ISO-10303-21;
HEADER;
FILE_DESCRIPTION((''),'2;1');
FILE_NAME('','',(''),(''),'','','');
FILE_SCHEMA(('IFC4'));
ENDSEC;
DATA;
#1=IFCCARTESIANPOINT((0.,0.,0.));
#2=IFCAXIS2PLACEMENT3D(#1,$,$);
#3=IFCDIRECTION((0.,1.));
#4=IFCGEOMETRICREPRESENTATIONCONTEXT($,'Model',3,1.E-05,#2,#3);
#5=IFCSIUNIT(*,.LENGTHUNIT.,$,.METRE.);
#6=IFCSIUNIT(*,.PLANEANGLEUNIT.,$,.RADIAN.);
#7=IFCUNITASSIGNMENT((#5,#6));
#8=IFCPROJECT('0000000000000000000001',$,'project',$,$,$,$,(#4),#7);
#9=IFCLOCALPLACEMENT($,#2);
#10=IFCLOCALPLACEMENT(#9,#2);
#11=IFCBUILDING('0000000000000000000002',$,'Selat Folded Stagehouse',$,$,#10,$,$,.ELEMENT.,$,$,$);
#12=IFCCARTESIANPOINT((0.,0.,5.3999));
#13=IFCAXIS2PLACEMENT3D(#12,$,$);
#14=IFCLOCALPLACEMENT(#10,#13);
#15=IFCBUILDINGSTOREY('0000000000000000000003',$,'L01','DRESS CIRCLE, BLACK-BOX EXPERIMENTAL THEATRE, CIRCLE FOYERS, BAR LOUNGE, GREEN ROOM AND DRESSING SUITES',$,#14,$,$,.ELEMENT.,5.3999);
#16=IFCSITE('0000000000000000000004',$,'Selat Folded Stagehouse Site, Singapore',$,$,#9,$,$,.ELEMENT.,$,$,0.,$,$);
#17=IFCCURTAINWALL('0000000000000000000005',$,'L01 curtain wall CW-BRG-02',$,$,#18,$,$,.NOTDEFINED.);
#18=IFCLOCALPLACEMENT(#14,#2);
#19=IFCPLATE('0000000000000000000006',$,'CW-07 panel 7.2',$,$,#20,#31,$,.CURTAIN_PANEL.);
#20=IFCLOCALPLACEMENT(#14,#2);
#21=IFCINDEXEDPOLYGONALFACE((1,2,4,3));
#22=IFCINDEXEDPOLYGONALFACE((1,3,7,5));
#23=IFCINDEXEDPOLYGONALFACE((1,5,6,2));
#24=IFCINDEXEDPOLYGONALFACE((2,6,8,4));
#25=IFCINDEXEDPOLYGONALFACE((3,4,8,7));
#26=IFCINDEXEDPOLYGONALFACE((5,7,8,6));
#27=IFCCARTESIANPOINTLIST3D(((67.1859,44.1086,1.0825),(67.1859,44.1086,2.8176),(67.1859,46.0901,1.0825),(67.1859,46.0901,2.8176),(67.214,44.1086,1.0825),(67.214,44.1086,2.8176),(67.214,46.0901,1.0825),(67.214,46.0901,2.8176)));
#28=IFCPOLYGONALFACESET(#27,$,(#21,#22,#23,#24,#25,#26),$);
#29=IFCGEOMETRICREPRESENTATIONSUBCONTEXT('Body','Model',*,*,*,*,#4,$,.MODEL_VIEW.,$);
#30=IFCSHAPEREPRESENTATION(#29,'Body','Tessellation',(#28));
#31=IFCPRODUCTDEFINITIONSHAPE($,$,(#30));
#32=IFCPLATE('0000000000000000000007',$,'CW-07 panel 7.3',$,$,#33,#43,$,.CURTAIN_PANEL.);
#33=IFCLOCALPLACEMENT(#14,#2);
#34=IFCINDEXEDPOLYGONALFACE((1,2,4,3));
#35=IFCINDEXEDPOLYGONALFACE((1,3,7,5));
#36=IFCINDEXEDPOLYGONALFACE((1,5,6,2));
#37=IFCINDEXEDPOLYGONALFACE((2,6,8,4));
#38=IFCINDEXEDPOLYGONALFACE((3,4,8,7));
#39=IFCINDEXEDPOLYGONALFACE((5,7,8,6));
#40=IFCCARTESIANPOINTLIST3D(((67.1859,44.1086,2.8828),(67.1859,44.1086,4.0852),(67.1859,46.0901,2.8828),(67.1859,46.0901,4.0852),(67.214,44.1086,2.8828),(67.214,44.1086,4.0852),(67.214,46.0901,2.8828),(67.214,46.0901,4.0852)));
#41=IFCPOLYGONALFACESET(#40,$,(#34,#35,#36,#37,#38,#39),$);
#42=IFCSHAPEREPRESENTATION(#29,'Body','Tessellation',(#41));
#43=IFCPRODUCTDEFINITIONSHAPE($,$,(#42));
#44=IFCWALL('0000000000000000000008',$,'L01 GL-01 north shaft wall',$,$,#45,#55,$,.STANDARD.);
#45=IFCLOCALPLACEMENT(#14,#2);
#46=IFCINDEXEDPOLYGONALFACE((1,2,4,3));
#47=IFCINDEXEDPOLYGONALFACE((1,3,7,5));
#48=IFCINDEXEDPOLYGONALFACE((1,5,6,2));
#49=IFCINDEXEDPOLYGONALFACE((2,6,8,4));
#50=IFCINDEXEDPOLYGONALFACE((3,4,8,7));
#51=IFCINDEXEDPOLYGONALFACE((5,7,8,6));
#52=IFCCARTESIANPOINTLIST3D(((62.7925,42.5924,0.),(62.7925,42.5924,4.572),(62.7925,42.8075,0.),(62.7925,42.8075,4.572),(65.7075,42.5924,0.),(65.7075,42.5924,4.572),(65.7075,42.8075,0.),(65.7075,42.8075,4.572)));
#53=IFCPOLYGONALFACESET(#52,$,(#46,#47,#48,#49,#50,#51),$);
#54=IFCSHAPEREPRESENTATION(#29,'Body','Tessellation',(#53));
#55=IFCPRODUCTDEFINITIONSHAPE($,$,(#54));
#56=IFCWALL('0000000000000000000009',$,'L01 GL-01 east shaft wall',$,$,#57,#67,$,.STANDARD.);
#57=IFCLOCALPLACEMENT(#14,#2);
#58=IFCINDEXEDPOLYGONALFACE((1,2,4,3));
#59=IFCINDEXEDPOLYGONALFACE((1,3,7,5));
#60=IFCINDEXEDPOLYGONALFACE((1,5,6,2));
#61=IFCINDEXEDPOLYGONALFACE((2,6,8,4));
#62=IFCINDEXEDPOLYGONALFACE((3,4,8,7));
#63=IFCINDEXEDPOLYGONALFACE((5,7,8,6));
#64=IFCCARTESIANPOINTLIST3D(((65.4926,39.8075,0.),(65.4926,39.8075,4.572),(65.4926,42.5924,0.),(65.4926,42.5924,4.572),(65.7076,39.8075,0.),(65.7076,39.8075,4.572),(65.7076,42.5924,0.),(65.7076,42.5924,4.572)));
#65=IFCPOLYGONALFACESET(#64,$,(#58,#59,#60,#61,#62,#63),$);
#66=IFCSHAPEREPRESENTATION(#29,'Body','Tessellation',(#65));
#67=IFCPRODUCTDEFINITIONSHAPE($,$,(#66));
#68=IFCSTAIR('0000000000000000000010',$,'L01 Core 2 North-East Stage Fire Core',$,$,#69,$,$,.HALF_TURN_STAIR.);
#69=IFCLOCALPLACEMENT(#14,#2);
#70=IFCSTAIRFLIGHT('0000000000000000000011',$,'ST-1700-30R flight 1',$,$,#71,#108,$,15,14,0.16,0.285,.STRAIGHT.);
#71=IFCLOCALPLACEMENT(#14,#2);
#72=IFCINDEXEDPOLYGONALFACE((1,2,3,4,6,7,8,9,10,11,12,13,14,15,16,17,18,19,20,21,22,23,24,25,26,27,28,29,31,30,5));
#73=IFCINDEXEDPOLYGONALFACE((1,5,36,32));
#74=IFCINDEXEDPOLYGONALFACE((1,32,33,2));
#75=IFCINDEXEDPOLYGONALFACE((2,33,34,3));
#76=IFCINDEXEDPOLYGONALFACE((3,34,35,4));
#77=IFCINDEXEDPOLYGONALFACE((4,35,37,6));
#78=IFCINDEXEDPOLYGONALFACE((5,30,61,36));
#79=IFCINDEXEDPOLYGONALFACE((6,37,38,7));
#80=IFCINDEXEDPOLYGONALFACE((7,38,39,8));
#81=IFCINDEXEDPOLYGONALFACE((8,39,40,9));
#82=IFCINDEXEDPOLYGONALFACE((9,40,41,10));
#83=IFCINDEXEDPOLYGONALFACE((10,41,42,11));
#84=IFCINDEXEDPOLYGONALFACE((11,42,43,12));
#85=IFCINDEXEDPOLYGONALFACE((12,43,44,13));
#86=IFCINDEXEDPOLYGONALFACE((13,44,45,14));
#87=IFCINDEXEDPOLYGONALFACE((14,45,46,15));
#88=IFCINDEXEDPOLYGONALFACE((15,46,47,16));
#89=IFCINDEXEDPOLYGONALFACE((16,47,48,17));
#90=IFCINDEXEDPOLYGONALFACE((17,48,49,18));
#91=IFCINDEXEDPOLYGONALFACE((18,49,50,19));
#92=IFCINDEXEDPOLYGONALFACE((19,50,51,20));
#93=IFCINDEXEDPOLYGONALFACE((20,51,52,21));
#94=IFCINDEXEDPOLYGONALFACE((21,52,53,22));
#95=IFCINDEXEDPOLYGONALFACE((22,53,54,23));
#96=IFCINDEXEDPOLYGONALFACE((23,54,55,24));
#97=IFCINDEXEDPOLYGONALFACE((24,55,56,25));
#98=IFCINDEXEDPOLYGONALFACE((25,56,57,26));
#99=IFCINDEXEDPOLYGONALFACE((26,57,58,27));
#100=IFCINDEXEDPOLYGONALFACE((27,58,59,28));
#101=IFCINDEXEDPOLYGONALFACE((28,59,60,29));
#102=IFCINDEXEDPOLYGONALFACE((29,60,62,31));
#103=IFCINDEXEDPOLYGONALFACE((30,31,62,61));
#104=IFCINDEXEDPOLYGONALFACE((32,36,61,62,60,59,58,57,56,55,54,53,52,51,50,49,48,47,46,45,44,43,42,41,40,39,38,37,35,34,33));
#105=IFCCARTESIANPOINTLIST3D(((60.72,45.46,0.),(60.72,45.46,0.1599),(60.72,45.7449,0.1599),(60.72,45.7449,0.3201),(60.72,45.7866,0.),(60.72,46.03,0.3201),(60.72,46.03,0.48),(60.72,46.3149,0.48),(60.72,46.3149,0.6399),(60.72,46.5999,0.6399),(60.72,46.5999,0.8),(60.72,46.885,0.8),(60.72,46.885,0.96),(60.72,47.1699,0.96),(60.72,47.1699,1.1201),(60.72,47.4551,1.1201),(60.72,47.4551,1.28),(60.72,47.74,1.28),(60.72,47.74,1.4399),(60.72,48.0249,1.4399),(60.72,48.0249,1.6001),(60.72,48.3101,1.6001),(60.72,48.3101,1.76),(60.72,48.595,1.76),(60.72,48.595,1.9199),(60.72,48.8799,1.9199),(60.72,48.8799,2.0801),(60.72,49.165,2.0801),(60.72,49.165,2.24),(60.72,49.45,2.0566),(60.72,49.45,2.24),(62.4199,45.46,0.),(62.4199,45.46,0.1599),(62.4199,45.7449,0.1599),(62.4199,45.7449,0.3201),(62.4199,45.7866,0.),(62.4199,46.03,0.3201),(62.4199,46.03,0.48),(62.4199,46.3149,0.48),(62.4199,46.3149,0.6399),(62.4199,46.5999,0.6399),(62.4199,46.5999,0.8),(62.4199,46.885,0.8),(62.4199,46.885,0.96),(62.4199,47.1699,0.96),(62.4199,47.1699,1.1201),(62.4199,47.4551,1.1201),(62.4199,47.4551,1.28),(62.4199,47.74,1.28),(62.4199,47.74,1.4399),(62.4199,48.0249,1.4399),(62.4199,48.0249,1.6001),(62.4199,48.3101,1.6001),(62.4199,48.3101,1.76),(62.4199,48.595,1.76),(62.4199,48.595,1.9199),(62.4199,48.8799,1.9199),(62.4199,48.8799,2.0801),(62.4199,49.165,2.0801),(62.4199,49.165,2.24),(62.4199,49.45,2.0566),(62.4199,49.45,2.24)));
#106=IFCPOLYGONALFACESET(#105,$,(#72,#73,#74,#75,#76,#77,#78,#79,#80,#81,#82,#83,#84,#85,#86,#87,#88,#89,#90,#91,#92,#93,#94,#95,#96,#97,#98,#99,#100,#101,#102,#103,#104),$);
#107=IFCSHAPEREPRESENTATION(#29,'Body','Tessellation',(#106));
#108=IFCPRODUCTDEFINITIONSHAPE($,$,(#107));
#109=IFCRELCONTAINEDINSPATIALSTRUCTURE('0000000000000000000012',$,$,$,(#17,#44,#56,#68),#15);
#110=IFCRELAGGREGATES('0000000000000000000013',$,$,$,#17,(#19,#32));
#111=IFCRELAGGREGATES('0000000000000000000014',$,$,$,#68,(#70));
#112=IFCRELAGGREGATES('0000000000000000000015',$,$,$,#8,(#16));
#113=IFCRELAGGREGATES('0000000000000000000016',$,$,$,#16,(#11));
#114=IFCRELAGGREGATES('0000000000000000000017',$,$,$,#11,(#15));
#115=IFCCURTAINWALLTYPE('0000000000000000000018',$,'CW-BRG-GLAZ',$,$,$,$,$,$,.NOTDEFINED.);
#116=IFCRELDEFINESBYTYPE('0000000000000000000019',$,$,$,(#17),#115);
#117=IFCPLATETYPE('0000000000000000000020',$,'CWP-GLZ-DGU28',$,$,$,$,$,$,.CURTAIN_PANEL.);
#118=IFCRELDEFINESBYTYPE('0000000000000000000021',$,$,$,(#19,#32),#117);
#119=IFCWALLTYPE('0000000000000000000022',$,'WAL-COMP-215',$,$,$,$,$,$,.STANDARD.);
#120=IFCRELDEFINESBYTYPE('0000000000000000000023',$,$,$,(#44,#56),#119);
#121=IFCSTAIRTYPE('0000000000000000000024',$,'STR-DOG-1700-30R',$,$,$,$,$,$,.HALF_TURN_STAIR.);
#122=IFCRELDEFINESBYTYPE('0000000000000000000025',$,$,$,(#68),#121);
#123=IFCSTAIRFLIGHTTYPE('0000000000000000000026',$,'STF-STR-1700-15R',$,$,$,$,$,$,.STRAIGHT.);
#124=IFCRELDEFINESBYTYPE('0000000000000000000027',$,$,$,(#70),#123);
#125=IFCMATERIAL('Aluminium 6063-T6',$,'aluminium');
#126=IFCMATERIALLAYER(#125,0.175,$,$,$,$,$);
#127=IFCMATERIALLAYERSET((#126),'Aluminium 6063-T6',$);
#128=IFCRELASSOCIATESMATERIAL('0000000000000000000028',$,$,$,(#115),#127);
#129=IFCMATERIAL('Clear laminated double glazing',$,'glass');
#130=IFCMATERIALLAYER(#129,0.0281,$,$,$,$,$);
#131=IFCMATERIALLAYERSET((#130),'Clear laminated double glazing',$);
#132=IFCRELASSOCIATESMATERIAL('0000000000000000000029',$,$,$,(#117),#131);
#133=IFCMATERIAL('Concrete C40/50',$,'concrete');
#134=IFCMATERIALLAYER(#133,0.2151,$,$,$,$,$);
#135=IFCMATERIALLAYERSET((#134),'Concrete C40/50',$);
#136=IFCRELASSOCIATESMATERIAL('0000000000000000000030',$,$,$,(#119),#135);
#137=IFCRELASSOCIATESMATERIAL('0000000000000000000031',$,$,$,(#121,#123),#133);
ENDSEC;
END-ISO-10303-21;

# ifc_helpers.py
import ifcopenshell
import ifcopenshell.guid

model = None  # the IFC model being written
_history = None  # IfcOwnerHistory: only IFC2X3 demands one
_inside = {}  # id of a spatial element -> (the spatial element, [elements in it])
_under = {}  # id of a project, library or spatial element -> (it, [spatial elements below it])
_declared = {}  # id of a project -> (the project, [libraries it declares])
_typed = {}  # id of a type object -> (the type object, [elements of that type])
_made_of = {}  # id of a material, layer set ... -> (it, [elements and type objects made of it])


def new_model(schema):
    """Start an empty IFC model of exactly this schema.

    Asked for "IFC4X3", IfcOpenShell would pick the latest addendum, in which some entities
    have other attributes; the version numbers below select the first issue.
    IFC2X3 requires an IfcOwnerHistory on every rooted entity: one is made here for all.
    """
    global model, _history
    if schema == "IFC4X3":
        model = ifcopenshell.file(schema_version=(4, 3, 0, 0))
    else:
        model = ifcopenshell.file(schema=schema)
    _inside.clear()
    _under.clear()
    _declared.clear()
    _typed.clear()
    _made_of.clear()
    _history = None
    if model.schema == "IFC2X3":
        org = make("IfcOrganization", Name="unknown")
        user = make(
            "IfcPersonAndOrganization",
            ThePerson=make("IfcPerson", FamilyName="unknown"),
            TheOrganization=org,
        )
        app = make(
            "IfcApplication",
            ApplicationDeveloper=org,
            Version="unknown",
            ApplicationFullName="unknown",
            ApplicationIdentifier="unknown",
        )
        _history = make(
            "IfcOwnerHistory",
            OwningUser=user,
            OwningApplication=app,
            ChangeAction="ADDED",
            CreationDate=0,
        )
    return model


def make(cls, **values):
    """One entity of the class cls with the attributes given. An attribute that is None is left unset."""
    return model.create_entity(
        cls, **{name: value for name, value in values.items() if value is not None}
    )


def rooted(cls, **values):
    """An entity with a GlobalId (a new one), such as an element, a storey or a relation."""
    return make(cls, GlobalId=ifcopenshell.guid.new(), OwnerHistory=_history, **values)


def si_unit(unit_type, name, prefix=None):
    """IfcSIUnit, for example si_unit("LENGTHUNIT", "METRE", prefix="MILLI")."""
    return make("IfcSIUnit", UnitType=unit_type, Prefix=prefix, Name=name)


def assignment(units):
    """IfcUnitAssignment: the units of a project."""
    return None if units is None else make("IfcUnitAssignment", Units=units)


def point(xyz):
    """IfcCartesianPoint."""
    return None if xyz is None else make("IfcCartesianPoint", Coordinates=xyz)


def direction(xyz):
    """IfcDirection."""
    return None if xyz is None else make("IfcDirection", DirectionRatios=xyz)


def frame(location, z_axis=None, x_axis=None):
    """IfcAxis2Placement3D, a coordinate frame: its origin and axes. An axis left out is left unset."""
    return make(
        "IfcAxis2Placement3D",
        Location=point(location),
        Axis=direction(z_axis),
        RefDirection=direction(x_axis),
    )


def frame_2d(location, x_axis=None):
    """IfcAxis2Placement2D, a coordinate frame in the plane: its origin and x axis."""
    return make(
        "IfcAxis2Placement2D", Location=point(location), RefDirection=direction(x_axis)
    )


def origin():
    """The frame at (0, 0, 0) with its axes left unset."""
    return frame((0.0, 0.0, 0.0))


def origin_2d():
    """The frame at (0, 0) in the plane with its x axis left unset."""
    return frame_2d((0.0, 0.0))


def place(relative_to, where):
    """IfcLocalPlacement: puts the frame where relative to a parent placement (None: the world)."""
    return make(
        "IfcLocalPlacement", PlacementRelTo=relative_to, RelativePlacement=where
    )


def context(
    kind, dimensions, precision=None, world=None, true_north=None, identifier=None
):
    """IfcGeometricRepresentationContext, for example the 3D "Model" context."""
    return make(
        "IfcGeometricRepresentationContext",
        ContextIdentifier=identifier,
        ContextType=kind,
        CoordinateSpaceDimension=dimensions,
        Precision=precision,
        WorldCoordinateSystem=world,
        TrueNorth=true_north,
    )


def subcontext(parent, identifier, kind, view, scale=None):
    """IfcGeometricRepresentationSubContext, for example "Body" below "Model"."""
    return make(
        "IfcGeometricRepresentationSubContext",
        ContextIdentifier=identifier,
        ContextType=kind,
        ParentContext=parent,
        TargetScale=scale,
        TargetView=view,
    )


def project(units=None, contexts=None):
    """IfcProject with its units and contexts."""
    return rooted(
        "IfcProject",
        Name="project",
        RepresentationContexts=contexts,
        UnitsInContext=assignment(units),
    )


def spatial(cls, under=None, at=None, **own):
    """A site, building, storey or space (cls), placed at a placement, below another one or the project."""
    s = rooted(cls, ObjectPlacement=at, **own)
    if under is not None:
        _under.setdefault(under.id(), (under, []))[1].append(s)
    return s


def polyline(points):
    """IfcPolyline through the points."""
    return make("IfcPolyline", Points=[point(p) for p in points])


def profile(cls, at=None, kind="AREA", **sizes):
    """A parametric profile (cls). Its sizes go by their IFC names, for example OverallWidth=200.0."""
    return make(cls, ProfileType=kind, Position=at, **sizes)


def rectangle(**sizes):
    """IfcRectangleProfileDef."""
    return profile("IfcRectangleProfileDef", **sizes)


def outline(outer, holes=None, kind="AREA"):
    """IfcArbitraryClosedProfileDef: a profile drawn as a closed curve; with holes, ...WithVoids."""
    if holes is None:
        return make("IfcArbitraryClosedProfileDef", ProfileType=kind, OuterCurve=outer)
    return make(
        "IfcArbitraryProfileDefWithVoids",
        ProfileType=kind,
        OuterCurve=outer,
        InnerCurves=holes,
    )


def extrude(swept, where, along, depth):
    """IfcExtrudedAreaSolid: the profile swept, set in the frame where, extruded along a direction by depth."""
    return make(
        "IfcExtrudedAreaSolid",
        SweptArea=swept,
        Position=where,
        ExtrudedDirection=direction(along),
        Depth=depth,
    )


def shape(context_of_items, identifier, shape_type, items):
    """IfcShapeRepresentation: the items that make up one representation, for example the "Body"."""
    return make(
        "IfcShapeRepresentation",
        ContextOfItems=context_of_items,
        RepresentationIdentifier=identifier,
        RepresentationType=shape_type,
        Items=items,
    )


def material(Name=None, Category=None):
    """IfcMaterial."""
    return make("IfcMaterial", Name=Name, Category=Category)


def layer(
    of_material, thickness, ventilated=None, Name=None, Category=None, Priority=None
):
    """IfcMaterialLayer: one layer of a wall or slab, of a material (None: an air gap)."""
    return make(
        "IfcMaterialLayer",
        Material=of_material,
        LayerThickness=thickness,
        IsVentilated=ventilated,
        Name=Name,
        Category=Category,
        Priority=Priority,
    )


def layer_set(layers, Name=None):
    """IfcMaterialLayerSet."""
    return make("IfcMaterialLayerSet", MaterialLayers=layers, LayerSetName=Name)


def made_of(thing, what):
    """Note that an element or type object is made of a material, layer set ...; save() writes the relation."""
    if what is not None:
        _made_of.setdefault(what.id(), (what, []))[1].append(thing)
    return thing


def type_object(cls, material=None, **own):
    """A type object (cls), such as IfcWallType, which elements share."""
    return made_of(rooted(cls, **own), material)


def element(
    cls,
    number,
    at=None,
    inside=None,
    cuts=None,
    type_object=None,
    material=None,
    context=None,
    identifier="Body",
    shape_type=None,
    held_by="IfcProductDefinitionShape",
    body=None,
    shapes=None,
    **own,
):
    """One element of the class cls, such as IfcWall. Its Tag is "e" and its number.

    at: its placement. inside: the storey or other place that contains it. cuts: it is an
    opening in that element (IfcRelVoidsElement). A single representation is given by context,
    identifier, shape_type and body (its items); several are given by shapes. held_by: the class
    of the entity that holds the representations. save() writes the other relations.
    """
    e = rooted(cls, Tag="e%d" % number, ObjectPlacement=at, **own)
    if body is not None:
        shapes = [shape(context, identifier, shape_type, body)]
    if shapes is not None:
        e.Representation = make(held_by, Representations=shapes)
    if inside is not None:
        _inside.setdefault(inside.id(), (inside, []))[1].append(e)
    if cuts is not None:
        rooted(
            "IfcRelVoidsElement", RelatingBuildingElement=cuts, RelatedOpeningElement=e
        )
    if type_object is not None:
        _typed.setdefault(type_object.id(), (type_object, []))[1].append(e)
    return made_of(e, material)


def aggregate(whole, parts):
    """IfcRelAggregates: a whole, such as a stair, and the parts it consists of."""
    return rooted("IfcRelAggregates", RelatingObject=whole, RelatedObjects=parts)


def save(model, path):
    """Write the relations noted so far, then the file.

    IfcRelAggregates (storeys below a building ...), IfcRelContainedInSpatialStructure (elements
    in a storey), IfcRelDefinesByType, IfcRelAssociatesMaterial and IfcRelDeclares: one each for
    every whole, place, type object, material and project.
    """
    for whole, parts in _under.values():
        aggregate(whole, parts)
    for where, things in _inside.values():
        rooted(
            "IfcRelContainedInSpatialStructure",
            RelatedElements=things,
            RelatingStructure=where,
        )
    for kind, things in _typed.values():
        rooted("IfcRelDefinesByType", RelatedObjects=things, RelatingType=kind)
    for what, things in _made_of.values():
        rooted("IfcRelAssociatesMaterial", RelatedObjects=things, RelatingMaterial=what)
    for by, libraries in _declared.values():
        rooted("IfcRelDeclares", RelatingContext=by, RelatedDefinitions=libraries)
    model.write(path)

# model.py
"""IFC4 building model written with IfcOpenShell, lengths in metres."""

from ifc_helpers import new_model, si_unit, direction, frame, frame_2d, origin, origin_2d, place, context, subcontext, project, spatial, polyline, rectangle, outline, extrude, material, layer, layer_set, type_object, element, aggregate, save


model = new_model("IFC4")

# Units and contexts
model_context = context("Model", 3, precision=1e-05, world=origin(), true_north=direction((0.0, 1.0)))
body_context = subcontext(model_context, "Body", "Model", "MODEL_VIEW")
ifc_project = project(units=[si_unit("LENGTHUNIT", "METRE"), si_unit("PLANEANGLEUNIT", "RADIAN")], contexts=[model_context])

# Site, building, storey
site_placement = place(None, origin())
site = spatial("IfcSite", under=ifc_project, at=site_placement, Name="Selat Folded Stagehouse Site, Singapore", CompositionType="ELEMENT", RefElevation=0.0)
building_placement = place(site_placement, origin())
building = spatial("IfcBuilding", under=site, at=building_placement, Name="Selat Folded Stagehouse", CompositionType="ELEMENT")
storey_placement = place(building_placement, frame((0.0, 0.0, 5.3999)))
storey = spatial("IfcBuildingStorey", under=building, at=storey_placement, Name="L01", Description="DRESS CIRCLE, BLACK-BOX EXPERIMENTAL THEATRE, CIRCLE FOYERS, BAR LOUNGE, GREEN ROOM AND DRESSING SUITES", CompositionType="ELEMENT", Elevation=5.3999)

# Curtain wall, plates
ifc_material_1 = material(Name="Aluminium 6063-T6", Category="aluminium")
ifc_layer_1 = layer(ifc_material_1, 0.175)
ifc_layer_set_1 = layer_set([ifc_layer_1], Name="Aluminium 6063-T6")
curtain_wall_type = type_object("IfcCurtainWallType", Name="CW-BRG-GLAZ", PredefinedType="NOTDEFINED", material=ifc_layer_set_1)
curtain_wall_placement = place(storey_placement, origin())
curtain_wall = element("IfcCurtainWall", 1, at=curtain_wall_placement, inside=storey, type_object=curtain_wall_type, Name="L01 curtain wall CW-BRG-02", PredefinedType="NOTDEFINED")
ifc_material_2 = material(Name="Clear laminated double glazing", Category="glass")
ifc_layer_2 = layer(ifc_material_2, 0.0281)
ifc_layer_set_2 = layer_set([ifc_layer_2], Name="Clear laminated double glazing")
plate_type = type_object("IfcPlateType", Name="CWP-GLZ-DGU28", PredefinedType="CURTAIN_PANEL", material=ifc_layer_set_2)
plate_1_placement = place(storey_placement, frame((67.2, 45.0994, 1.0825), z_axis=(0.0, 0.0, 1.0), x_axis=(0.0, 1.0, 0.0)))
plate_1 = element("IfcPlate", 2, at=plate_1_placement, type_object=plate_type, Name="CW-07 panel 7.2", PredefinedType="CURTAIN_PANEL", context=body_context, shape_type="SweptSolid", body=[
    extrude(rectangle(XDim=1.9814, YDim=0.0281, at=origin_2d()), origin(), (0.0, 0.0, 1.0), 1.7351),
])
plate_2_placement = place(storey_placement, frame((67.2, 45.0994, 2.8828), z_axis=(0.0, 0.0, 1.0), x_axis=(0.0, 1.0, 0.0)))
plate_2 = element("IfcPlate", 3, at=plate_2_placement, type_object=plate_type, Name="CW-07 panel 7.3", PredefinedType="CURTAIN_PANEL", context=body_context, shape_type="SweptSolid", body=[
    extrude(rectangle(XDim=1.9814, YDim=0.0281, at=origin_2d()), origin(), (0.0, 0.0, 1.0), 1.2024),
])
aggregate(curtain_wall, [plate_1, plate_2])

# Walls
ifc_material_3 = material(Name="Concrete C40/50", Category="concrete")
ifc_layer_3 = layer(ifc_material_3, 0.2151)
ifc_layer_set_3 = layer_set([ifc_layer_3], Name="Concrete C40/50")
wall_type_1 = type_object("IfcWallType", Name="WAL-COMP-215", PredefinedType="STANDARD", material=ifc_layer_set_3)
wall_1_placement = place(storey_placement, frame((62.7925, 42.7, 0.0), z_axis=(0.0, 0.0, 1.0), x_axis=(1.0, 0.0, 0.0)))
element("IfcWall", 4, at=wall_1_placement, inside=storey, type_object=wall_type_1, Name="L01 GL-01 north shaft wall", PredefinedType="STANDARD", context=body_context, shape_type="SweptSolid", body=[
    extrude(rectangle(XDim=2.915, YDim=0.2151, at=frame_2d((1.4575, 0.0))), origin(), (0.0, 0.0, 1.0), 4.572),
])
wall_2_placement = place(storey_placement, frame((65.6001, 42.5925, 0.0), z_axis=(0.0, 0.0, 1.0), x_axis=(0.0, -1.0, 0.0)))
element("IfcWall", 5, at=wall_2_placement, inside=storey, type_object=wall_type_1, Name="L01 GL-01 east shaft wall", PredefinedType="STANDARD", context=body_context, shape_type="SweptSolid", body=[
    extrude(rectangle(XDim=2.7849, YDim=0.2151, at=frame_2d((1.3926, 0.0))), origin(), (0.0, 0.0, 1.0), 4.572),
])

# Stair, stair flight
stair_type = type_object("IfcStairType", Name="STR-DOG-1700-30R", PredefinedType="HALF_TURN_STAIR", material=ifc_material_3)
stair_placement = place(storey_placement, origin())
stair = element("IfcStair", 6, at=stair_placement, inside=storey, type_object=stair_type, Name="L01 Core 2 North-East Stage Fire Core", PredefinedType="HALF_TURN_STAIR")
stair_flight_type = type_object("IfcStairFlightType", Name="STF-STR-1700-15R", PredefinedType="STRAIGHT", material=ifc_material_3)
stair_flight_placement = place(storey_placement, frame((61.5701, 45.46, 0.0), z_axis=(0.0, 0.0, 1.0), x_axis=(0.0, 1.0, 0.0)))
stair_flight = element("IfcStairFlight", 7, at=stair_flight_placement, type_object=stair_flight_type, Name="ST-1700-30R flight 1", NumberOfRisers=15, NumberOfTreads=14, PredefinedType="STRAIGHT", RiserHeight=0.16, TreadLength=0.285, context=body_context, shape_type="SweptSolid", body=[
    extrude(outline(polyline([(0.0, 0.0), (0.0, 0.1599), (0.2849, 0.1599), (0.2849, 0.3201), (0.5701, 0.3201), (0.5701, 0.48), (0.855, 0.48), (0.855, 0.6399), (1.1399, 0.6399), (1.1399, 0.8), (1.425, 0.8), (1.425, 0.96), (1.71, 0.96), (1.71, 1.1201), (1.9951, 1.1201), (1.9951, 1.28), (2.28, 1.28), (2.28, 1.4399), (2.5649, 1.4399), (2.5649, 1.6001), (2.8501, 1.6001), (2.8501, 1.76), (3.135, 1.76), (3.135, 1.9199), (3.4199, 1.9199), (3.4199, 2.0801), (3.7051, 2.0801), (3.7051, 2.24), (3.99, 2.24), (3.99, 2.3999), (3.99, 2.0566), (0.3267, 0.0), (0.0, 0.0)])), frame((0.0, 0.8501, 0.0), z_axis=(0.0, -1.0, 0.0), x_axis=(1.0, 0.0, 0.0)), (0.0, 0.0, 1.0), 1.7),
])
aggregate(stair, [stair_flight])

save(model, "model.ifc")
